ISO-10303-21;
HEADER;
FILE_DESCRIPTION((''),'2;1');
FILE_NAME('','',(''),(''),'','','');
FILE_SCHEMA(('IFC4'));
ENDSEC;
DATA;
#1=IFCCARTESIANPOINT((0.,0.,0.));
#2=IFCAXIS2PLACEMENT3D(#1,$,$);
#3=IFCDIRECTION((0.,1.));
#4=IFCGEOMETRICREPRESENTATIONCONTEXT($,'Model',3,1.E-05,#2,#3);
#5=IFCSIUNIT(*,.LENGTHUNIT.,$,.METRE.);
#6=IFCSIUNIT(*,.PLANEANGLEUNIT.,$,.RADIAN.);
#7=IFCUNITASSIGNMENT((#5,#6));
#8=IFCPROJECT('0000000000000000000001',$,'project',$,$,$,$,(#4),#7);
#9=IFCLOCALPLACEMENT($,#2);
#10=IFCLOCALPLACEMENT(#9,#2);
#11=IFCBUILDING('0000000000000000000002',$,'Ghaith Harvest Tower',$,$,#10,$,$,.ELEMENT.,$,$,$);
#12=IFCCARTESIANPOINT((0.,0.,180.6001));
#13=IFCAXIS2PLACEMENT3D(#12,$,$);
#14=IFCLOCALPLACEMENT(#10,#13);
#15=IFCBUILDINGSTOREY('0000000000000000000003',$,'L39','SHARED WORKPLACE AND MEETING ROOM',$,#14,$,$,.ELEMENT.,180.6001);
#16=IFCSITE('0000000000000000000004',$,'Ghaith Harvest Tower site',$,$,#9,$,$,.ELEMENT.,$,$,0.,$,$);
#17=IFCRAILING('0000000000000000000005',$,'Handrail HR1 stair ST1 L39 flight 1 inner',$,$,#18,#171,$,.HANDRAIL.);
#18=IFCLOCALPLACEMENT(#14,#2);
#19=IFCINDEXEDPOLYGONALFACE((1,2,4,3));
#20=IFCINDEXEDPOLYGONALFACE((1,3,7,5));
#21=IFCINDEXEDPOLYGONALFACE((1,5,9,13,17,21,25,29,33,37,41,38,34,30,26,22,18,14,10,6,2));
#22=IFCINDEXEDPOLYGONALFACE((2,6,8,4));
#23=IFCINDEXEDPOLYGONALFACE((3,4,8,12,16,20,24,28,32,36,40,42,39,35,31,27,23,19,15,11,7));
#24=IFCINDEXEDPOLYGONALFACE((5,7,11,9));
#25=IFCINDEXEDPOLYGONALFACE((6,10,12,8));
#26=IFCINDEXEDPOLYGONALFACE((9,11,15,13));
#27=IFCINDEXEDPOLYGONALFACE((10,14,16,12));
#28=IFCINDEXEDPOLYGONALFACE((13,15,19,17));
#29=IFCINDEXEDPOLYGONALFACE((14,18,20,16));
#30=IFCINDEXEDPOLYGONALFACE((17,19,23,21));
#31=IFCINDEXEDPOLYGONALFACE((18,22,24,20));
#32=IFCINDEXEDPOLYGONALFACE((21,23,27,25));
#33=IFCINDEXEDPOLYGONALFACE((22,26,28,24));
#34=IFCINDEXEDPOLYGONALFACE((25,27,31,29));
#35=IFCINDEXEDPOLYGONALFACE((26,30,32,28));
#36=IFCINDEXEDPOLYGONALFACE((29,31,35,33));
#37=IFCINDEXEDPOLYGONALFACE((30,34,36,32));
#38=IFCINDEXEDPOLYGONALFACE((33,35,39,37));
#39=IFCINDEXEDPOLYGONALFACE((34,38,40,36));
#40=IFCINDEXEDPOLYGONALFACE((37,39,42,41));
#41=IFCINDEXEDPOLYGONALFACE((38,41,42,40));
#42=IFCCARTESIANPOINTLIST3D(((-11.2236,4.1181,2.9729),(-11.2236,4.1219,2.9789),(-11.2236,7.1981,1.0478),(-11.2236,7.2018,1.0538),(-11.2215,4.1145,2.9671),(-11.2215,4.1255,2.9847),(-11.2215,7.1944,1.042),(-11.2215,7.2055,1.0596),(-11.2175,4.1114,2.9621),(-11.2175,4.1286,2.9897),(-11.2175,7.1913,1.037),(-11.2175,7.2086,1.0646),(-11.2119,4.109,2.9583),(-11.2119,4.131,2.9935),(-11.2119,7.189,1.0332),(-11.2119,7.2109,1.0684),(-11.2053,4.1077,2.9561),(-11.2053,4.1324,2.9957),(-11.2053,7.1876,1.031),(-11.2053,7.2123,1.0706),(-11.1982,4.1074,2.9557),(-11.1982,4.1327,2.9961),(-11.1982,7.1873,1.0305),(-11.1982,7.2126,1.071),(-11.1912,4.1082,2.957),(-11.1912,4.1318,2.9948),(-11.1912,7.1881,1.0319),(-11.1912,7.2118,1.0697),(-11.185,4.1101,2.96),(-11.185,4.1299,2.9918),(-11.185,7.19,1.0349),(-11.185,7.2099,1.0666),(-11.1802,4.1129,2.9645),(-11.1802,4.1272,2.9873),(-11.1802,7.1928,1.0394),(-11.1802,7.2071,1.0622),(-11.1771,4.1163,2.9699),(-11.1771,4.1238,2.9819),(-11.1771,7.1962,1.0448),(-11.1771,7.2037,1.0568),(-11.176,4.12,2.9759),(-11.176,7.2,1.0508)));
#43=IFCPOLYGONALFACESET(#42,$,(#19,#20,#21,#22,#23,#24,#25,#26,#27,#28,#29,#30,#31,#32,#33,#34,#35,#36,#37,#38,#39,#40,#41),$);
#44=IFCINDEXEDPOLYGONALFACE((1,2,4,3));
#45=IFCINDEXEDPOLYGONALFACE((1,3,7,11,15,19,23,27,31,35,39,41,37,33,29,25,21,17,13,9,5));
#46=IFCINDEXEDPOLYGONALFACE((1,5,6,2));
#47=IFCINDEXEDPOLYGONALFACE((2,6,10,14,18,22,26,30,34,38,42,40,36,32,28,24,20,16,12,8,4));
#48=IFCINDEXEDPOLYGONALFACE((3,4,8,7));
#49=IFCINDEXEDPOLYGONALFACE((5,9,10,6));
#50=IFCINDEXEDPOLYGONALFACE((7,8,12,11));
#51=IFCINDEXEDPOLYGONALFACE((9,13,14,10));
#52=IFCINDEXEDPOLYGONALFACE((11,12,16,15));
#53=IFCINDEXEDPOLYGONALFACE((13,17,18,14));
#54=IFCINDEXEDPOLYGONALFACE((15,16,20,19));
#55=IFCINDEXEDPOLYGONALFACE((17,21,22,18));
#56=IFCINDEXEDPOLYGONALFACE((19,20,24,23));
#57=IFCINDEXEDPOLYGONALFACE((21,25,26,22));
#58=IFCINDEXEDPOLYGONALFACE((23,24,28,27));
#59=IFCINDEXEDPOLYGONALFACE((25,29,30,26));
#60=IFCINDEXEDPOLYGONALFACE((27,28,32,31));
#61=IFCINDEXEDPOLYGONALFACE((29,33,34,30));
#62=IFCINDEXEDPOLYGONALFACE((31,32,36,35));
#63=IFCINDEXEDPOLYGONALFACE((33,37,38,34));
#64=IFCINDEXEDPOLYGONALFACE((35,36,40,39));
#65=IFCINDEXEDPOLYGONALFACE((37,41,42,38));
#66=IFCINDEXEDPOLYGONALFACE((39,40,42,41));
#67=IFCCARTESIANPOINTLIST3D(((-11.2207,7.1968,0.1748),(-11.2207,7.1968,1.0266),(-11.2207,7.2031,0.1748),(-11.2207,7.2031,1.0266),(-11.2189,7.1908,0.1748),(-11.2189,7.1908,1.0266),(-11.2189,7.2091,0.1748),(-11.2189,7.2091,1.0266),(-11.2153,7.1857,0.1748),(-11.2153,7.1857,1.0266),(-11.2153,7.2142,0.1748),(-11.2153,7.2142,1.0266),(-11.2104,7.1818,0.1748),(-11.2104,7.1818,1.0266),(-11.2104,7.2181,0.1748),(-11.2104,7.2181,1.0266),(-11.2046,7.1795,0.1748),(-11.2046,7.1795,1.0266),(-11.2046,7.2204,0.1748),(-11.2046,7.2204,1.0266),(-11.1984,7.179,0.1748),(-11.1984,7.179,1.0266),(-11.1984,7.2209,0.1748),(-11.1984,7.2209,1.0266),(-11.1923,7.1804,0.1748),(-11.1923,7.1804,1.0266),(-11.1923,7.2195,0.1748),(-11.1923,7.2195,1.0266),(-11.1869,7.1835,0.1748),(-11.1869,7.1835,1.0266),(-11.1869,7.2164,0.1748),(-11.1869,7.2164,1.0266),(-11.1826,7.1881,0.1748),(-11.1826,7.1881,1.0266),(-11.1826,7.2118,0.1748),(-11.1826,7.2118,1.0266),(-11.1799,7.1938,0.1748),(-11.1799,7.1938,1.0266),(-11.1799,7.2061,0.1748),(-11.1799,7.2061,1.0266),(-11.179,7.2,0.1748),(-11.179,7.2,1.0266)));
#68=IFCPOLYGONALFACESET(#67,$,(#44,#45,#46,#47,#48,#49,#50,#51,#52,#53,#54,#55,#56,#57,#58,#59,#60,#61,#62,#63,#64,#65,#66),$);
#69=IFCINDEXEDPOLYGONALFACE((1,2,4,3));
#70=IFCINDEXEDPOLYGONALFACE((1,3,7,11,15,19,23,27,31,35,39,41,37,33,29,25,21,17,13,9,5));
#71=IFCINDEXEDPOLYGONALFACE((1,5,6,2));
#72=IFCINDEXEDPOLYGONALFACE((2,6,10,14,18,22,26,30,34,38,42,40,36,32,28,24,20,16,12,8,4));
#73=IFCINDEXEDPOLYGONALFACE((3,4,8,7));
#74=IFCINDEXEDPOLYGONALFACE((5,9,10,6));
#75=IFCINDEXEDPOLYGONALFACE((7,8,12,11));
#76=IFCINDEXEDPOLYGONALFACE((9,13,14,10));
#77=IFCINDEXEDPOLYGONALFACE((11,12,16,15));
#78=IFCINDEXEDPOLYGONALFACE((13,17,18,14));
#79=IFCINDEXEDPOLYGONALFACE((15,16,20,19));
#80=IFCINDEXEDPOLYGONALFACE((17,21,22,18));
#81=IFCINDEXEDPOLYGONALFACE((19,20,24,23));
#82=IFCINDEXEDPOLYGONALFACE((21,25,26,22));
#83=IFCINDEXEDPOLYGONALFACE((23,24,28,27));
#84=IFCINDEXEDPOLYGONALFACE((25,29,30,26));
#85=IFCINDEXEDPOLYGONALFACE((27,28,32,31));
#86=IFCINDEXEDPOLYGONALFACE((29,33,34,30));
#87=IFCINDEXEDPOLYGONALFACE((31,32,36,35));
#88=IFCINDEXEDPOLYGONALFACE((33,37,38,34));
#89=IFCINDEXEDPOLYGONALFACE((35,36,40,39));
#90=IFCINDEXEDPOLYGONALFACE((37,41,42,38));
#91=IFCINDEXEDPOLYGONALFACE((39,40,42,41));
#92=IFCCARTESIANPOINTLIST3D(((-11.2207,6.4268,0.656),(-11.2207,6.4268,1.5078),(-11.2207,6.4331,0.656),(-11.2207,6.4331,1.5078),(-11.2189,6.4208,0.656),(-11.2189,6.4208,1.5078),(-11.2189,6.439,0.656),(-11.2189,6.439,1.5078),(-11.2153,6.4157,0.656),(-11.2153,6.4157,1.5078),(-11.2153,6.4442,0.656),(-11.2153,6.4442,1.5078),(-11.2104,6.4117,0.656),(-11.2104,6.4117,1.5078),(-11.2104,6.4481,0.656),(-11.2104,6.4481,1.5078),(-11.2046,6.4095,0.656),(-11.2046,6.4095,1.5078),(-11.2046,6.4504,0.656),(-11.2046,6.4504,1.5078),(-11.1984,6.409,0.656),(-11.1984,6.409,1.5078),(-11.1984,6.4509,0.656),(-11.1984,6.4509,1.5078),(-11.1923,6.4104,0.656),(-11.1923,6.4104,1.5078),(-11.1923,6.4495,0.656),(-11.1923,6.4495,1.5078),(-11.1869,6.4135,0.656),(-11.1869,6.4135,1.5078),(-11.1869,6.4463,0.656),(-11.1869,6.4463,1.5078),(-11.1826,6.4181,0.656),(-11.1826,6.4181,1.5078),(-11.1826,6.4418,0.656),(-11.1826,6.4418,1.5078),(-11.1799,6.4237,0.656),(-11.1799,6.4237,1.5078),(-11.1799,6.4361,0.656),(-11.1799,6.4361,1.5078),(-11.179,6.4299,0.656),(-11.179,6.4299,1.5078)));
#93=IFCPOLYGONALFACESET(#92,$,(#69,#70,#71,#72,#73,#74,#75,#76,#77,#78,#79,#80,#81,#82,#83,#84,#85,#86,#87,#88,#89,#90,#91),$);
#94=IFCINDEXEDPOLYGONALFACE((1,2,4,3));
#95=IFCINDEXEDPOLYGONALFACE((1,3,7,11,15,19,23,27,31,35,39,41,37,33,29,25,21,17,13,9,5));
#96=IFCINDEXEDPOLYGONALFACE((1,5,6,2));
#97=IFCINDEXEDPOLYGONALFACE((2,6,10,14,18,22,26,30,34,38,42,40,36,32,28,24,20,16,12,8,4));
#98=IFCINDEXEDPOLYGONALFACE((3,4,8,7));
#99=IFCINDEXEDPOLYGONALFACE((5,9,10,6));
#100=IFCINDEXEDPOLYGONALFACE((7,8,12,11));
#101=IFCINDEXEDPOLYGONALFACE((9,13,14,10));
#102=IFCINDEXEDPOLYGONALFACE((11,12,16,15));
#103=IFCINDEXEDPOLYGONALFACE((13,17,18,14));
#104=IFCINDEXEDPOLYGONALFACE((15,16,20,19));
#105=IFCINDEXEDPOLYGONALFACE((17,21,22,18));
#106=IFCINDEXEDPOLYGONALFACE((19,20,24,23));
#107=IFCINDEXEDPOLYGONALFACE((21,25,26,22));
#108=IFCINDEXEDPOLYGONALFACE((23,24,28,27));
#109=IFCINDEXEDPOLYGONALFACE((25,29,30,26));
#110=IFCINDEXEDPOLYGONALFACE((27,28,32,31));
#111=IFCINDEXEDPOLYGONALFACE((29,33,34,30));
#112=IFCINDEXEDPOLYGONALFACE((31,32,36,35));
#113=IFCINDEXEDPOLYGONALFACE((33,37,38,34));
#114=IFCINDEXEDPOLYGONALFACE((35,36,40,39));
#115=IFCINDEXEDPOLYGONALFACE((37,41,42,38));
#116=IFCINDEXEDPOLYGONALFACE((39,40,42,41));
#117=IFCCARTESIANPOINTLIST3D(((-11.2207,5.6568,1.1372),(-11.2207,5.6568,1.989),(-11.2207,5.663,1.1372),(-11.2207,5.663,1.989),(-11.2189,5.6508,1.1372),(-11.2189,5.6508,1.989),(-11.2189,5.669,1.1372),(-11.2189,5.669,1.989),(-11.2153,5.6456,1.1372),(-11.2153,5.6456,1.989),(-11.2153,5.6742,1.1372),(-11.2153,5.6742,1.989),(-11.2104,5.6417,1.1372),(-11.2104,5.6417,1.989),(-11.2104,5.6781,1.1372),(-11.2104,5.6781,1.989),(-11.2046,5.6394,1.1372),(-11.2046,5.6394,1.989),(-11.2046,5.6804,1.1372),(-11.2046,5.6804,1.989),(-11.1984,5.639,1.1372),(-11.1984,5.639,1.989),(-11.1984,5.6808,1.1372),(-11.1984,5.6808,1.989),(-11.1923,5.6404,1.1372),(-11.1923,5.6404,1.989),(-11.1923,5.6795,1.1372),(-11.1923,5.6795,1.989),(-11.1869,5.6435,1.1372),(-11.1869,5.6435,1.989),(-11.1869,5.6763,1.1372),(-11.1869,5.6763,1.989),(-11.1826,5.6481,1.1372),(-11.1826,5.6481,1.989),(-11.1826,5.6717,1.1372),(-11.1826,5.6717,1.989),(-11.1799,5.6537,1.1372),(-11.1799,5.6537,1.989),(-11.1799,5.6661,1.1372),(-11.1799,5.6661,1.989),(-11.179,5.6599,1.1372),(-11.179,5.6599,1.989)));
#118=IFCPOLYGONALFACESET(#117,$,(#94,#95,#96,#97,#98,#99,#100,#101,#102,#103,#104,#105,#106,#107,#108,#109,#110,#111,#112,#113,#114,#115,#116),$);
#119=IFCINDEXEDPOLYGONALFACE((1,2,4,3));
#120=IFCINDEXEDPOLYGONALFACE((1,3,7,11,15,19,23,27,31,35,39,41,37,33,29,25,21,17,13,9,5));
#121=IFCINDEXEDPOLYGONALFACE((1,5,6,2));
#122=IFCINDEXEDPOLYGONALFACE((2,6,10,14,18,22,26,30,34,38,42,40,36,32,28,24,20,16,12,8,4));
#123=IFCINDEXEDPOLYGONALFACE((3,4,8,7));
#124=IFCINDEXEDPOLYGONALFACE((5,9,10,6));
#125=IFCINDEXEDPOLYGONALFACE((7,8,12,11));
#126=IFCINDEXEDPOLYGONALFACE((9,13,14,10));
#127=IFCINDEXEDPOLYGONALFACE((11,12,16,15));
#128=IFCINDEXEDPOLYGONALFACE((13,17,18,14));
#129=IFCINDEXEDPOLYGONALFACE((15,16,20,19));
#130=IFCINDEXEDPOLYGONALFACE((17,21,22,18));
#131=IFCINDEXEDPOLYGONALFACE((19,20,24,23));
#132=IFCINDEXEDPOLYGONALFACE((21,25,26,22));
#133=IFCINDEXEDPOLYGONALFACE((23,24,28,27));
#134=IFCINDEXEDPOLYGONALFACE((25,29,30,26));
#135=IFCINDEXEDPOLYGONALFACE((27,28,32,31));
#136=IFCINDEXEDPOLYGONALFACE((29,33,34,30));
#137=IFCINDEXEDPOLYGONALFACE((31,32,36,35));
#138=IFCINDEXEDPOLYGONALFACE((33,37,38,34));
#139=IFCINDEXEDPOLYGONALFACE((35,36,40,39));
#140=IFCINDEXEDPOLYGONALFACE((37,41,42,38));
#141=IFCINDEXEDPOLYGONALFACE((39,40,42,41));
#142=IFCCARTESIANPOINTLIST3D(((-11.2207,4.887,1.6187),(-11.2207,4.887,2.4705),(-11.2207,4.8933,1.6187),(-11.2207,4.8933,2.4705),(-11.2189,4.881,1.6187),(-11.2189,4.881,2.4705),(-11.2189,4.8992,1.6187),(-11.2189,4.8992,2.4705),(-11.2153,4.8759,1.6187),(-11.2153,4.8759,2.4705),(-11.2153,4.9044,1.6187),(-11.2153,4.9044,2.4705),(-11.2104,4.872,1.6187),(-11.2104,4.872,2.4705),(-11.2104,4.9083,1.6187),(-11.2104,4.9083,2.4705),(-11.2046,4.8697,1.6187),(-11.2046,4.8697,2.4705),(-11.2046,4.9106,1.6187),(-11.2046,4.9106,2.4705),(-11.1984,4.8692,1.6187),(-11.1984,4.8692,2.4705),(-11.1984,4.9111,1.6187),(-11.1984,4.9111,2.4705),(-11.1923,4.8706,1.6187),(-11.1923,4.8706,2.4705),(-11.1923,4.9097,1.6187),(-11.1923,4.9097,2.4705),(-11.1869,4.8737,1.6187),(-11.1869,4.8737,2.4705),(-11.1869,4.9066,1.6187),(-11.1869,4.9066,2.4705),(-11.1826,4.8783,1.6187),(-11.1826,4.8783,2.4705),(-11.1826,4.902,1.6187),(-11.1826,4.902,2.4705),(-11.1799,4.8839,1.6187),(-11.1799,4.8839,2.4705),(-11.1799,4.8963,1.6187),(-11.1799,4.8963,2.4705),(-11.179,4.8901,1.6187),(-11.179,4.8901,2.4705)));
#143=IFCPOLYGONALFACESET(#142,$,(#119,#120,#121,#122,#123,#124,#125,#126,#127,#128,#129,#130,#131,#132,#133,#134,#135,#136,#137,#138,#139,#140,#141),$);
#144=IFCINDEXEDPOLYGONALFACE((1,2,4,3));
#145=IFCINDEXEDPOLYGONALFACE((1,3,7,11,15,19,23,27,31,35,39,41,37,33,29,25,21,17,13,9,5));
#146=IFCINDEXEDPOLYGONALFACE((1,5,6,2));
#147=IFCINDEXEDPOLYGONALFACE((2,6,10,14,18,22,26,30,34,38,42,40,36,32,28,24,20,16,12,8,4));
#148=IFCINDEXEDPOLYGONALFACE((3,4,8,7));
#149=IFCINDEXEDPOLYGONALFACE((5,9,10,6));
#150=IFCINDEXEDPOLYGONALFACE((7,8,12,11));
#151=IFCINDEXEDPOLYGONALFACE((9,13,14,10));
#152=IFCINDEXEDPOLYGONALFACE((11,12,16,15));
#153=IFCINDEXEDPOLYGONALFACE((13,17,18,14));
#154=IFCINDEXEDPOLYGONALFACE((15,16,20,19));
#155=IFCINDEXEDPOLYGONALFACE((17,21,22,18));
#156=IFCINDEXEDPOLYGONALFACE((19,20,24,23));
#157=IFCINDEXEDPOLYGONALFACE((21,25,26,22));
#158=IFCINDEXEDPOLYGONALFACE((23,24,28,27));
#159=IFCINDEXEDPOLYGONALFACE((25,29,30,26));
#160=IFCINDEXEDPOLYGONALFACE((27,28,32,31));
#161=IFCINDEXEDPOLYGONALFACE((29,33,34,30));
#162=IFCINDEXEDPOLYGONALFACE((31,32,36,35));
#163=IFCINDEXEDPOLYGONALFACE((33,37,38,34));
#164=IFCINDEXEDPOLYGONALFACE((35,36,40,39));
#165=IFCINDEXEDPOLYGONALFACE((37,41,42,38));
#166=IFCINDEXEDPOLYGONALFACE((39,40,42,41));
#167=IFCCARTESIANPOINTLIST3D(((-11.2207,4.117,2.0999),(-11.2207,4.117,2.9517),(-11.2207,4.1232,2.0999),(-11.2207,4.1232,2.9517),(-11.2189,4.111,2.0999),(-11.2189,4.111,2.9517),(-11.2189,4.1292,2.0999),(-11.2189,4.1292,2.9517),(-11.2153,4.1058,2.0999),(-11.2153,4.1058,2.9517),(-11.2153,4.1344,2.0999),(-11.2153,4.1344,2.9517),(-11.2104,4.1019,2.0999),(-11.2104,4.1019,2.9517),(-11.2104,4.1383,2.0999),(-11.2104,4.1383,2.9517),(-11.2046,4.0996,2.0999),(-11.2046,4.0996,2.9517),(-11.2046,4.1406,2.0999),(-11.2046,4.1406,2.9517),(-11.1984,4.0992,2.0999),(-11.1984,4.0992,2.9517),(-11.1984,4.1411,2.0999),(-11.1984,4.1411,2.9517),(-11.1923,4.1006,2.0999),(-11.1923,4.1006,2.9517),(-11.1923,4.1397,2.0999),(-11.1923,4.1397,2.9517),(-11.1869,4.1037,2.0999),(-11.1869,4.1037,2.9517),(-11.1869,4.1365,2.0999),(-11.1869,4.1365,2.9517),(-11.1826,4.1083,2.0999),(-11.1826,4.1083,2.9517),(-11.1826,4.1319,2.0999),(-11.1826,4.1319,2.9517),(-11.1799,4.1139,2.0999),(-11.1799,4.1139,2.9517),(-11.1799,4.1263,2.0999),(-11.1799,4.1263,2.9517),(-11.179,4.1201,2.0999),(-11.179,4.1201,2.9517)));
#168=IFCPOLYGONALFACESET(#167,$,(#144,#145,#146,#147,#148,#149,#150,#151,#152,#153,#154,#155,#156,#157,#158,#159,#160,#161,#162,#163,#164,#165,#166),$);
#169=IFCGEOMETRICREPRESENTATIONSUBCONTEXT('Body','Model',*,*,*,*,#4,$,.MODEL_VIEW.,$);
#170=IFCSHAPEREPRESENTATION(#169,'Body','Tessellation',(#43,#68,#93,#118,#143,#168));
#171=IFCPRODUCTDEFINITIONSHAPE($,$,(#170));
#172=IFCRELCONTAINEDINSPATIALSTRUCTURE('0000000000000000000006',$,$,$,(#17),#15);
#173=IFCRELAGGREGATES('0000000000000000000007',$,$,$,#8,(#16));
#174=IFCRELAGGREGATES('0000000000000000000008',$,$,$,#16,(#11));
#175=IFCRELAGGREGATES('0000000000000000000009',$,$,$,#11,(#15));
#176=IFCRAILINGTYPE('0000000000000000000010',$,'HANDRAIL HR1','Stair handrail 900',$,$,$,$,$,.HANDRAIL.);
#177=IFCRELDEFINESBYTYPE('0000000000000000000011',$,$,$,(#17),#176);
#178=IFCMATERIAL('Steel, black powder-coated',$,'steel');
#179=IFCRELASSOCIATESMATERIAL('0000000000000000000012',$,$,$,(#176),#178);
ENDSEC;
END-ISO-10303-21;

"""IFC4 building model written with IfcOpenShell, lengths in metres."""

from ifc_helpers import new_model, si_unit, direction, frame, origin, origin_2d, place, context, subcontext, project, spatial, circle, extrude, material, type_object, element, save


model = new_model("IFC4")

# Units and contexts
model_context = context("Model", 3, precision=1e-05, world=origin(), true_north=direction((0.0, 1.0)))
body_context = subcontext(model_context, "Body", "Model", "MODEL_VIEW")
ifc_project = project(units=[si_unit("LENGTHUNIT", "METRE"), si_unit("PLANEANGLEUNIT", "RADIAN")], contexts=[model_context])

# Site, building, storey
site_placement = place(None, origin())
site = spatial("IfcSite", under=ifc_project, at=site_placement, Name="Ghaith Harvest Tower site", CompositionType="ELEMENT", RefElevation=0.0)
building_placement = place(site_placement, origin())
building = spatial("IfcBuilding", under=site, at=building_placement, Name="Ghaith Harvest Tower", CompositionType="ELEMENT")
storey_placement = place(building_placement, frame((0.0, 0.0, 180.6001)))
storey = spatial("IfcBuildingStorey", under=building, at=storey_placement, Name="L39", Description="SHARED WORKPLACE AND MEETING ROOM", CompositionType="ELEMENT", Elevation=180.6001)

# Railing
ifc_material_1 = material(Name="Steel, black powder-coated", Category="steel")
railing_type = type_object("IfcRailingType", Name="HANDRAIL HR1", Description="Stair handrail 900", PredefinedType="HANDRAIL", material=ifc_material_1)
railing_1_placement = place(storey_placement, frame((-11.2, 7.2, 0.1748)))
element("IfcRailing", 1, at=railing_1_placement, inside=storey, type_object=railing_type, Name="Handrail HR1 stair ST1 L39 flight 1 inner", PredefinedType="HANDRAIL", context=body_context, shape_type="SweptSolid", body=[
    extrude(circle(Radius=0.0239, at=origin_2d()), frame((0.0, 0.0, 0.876), z_axis=(0.0, -0.847979, 0.530029), x_axis=(1.0, 0.0, 0.0)), (0.0, 0.0, 1.0), 3.6321),
    extrude(circle(Radius=0.021, at=origin_2d()), origin(), (0.0, 0.0, 1.0), 0.8518),
    extrude(circle(Radius=0.021, at=origin_2d()), frame((0.0, -0.77, 0.4812)), (0.0, 0.0, 1.0), 0.8518),
    extrude(circle(Radius=0.021, at=origin_2d()), frame((0.0, -1.54, 0.9624)), (0.0, 0.0, 1.0), 0.8518),
    extrude(circle(Radius=0.021, at=origin_2d()), frame((0.0, -2.3098, 1.4438)), (0.0, 0.0, 1.0), 0.8518),
    extrude(circle(Radius=0.021, at=origin_2d()), frame((0.0, -3.0798, 1.925)), (0.0, 0.0, 1.0), 0.8518),
])

save(model, "model.ifc")
